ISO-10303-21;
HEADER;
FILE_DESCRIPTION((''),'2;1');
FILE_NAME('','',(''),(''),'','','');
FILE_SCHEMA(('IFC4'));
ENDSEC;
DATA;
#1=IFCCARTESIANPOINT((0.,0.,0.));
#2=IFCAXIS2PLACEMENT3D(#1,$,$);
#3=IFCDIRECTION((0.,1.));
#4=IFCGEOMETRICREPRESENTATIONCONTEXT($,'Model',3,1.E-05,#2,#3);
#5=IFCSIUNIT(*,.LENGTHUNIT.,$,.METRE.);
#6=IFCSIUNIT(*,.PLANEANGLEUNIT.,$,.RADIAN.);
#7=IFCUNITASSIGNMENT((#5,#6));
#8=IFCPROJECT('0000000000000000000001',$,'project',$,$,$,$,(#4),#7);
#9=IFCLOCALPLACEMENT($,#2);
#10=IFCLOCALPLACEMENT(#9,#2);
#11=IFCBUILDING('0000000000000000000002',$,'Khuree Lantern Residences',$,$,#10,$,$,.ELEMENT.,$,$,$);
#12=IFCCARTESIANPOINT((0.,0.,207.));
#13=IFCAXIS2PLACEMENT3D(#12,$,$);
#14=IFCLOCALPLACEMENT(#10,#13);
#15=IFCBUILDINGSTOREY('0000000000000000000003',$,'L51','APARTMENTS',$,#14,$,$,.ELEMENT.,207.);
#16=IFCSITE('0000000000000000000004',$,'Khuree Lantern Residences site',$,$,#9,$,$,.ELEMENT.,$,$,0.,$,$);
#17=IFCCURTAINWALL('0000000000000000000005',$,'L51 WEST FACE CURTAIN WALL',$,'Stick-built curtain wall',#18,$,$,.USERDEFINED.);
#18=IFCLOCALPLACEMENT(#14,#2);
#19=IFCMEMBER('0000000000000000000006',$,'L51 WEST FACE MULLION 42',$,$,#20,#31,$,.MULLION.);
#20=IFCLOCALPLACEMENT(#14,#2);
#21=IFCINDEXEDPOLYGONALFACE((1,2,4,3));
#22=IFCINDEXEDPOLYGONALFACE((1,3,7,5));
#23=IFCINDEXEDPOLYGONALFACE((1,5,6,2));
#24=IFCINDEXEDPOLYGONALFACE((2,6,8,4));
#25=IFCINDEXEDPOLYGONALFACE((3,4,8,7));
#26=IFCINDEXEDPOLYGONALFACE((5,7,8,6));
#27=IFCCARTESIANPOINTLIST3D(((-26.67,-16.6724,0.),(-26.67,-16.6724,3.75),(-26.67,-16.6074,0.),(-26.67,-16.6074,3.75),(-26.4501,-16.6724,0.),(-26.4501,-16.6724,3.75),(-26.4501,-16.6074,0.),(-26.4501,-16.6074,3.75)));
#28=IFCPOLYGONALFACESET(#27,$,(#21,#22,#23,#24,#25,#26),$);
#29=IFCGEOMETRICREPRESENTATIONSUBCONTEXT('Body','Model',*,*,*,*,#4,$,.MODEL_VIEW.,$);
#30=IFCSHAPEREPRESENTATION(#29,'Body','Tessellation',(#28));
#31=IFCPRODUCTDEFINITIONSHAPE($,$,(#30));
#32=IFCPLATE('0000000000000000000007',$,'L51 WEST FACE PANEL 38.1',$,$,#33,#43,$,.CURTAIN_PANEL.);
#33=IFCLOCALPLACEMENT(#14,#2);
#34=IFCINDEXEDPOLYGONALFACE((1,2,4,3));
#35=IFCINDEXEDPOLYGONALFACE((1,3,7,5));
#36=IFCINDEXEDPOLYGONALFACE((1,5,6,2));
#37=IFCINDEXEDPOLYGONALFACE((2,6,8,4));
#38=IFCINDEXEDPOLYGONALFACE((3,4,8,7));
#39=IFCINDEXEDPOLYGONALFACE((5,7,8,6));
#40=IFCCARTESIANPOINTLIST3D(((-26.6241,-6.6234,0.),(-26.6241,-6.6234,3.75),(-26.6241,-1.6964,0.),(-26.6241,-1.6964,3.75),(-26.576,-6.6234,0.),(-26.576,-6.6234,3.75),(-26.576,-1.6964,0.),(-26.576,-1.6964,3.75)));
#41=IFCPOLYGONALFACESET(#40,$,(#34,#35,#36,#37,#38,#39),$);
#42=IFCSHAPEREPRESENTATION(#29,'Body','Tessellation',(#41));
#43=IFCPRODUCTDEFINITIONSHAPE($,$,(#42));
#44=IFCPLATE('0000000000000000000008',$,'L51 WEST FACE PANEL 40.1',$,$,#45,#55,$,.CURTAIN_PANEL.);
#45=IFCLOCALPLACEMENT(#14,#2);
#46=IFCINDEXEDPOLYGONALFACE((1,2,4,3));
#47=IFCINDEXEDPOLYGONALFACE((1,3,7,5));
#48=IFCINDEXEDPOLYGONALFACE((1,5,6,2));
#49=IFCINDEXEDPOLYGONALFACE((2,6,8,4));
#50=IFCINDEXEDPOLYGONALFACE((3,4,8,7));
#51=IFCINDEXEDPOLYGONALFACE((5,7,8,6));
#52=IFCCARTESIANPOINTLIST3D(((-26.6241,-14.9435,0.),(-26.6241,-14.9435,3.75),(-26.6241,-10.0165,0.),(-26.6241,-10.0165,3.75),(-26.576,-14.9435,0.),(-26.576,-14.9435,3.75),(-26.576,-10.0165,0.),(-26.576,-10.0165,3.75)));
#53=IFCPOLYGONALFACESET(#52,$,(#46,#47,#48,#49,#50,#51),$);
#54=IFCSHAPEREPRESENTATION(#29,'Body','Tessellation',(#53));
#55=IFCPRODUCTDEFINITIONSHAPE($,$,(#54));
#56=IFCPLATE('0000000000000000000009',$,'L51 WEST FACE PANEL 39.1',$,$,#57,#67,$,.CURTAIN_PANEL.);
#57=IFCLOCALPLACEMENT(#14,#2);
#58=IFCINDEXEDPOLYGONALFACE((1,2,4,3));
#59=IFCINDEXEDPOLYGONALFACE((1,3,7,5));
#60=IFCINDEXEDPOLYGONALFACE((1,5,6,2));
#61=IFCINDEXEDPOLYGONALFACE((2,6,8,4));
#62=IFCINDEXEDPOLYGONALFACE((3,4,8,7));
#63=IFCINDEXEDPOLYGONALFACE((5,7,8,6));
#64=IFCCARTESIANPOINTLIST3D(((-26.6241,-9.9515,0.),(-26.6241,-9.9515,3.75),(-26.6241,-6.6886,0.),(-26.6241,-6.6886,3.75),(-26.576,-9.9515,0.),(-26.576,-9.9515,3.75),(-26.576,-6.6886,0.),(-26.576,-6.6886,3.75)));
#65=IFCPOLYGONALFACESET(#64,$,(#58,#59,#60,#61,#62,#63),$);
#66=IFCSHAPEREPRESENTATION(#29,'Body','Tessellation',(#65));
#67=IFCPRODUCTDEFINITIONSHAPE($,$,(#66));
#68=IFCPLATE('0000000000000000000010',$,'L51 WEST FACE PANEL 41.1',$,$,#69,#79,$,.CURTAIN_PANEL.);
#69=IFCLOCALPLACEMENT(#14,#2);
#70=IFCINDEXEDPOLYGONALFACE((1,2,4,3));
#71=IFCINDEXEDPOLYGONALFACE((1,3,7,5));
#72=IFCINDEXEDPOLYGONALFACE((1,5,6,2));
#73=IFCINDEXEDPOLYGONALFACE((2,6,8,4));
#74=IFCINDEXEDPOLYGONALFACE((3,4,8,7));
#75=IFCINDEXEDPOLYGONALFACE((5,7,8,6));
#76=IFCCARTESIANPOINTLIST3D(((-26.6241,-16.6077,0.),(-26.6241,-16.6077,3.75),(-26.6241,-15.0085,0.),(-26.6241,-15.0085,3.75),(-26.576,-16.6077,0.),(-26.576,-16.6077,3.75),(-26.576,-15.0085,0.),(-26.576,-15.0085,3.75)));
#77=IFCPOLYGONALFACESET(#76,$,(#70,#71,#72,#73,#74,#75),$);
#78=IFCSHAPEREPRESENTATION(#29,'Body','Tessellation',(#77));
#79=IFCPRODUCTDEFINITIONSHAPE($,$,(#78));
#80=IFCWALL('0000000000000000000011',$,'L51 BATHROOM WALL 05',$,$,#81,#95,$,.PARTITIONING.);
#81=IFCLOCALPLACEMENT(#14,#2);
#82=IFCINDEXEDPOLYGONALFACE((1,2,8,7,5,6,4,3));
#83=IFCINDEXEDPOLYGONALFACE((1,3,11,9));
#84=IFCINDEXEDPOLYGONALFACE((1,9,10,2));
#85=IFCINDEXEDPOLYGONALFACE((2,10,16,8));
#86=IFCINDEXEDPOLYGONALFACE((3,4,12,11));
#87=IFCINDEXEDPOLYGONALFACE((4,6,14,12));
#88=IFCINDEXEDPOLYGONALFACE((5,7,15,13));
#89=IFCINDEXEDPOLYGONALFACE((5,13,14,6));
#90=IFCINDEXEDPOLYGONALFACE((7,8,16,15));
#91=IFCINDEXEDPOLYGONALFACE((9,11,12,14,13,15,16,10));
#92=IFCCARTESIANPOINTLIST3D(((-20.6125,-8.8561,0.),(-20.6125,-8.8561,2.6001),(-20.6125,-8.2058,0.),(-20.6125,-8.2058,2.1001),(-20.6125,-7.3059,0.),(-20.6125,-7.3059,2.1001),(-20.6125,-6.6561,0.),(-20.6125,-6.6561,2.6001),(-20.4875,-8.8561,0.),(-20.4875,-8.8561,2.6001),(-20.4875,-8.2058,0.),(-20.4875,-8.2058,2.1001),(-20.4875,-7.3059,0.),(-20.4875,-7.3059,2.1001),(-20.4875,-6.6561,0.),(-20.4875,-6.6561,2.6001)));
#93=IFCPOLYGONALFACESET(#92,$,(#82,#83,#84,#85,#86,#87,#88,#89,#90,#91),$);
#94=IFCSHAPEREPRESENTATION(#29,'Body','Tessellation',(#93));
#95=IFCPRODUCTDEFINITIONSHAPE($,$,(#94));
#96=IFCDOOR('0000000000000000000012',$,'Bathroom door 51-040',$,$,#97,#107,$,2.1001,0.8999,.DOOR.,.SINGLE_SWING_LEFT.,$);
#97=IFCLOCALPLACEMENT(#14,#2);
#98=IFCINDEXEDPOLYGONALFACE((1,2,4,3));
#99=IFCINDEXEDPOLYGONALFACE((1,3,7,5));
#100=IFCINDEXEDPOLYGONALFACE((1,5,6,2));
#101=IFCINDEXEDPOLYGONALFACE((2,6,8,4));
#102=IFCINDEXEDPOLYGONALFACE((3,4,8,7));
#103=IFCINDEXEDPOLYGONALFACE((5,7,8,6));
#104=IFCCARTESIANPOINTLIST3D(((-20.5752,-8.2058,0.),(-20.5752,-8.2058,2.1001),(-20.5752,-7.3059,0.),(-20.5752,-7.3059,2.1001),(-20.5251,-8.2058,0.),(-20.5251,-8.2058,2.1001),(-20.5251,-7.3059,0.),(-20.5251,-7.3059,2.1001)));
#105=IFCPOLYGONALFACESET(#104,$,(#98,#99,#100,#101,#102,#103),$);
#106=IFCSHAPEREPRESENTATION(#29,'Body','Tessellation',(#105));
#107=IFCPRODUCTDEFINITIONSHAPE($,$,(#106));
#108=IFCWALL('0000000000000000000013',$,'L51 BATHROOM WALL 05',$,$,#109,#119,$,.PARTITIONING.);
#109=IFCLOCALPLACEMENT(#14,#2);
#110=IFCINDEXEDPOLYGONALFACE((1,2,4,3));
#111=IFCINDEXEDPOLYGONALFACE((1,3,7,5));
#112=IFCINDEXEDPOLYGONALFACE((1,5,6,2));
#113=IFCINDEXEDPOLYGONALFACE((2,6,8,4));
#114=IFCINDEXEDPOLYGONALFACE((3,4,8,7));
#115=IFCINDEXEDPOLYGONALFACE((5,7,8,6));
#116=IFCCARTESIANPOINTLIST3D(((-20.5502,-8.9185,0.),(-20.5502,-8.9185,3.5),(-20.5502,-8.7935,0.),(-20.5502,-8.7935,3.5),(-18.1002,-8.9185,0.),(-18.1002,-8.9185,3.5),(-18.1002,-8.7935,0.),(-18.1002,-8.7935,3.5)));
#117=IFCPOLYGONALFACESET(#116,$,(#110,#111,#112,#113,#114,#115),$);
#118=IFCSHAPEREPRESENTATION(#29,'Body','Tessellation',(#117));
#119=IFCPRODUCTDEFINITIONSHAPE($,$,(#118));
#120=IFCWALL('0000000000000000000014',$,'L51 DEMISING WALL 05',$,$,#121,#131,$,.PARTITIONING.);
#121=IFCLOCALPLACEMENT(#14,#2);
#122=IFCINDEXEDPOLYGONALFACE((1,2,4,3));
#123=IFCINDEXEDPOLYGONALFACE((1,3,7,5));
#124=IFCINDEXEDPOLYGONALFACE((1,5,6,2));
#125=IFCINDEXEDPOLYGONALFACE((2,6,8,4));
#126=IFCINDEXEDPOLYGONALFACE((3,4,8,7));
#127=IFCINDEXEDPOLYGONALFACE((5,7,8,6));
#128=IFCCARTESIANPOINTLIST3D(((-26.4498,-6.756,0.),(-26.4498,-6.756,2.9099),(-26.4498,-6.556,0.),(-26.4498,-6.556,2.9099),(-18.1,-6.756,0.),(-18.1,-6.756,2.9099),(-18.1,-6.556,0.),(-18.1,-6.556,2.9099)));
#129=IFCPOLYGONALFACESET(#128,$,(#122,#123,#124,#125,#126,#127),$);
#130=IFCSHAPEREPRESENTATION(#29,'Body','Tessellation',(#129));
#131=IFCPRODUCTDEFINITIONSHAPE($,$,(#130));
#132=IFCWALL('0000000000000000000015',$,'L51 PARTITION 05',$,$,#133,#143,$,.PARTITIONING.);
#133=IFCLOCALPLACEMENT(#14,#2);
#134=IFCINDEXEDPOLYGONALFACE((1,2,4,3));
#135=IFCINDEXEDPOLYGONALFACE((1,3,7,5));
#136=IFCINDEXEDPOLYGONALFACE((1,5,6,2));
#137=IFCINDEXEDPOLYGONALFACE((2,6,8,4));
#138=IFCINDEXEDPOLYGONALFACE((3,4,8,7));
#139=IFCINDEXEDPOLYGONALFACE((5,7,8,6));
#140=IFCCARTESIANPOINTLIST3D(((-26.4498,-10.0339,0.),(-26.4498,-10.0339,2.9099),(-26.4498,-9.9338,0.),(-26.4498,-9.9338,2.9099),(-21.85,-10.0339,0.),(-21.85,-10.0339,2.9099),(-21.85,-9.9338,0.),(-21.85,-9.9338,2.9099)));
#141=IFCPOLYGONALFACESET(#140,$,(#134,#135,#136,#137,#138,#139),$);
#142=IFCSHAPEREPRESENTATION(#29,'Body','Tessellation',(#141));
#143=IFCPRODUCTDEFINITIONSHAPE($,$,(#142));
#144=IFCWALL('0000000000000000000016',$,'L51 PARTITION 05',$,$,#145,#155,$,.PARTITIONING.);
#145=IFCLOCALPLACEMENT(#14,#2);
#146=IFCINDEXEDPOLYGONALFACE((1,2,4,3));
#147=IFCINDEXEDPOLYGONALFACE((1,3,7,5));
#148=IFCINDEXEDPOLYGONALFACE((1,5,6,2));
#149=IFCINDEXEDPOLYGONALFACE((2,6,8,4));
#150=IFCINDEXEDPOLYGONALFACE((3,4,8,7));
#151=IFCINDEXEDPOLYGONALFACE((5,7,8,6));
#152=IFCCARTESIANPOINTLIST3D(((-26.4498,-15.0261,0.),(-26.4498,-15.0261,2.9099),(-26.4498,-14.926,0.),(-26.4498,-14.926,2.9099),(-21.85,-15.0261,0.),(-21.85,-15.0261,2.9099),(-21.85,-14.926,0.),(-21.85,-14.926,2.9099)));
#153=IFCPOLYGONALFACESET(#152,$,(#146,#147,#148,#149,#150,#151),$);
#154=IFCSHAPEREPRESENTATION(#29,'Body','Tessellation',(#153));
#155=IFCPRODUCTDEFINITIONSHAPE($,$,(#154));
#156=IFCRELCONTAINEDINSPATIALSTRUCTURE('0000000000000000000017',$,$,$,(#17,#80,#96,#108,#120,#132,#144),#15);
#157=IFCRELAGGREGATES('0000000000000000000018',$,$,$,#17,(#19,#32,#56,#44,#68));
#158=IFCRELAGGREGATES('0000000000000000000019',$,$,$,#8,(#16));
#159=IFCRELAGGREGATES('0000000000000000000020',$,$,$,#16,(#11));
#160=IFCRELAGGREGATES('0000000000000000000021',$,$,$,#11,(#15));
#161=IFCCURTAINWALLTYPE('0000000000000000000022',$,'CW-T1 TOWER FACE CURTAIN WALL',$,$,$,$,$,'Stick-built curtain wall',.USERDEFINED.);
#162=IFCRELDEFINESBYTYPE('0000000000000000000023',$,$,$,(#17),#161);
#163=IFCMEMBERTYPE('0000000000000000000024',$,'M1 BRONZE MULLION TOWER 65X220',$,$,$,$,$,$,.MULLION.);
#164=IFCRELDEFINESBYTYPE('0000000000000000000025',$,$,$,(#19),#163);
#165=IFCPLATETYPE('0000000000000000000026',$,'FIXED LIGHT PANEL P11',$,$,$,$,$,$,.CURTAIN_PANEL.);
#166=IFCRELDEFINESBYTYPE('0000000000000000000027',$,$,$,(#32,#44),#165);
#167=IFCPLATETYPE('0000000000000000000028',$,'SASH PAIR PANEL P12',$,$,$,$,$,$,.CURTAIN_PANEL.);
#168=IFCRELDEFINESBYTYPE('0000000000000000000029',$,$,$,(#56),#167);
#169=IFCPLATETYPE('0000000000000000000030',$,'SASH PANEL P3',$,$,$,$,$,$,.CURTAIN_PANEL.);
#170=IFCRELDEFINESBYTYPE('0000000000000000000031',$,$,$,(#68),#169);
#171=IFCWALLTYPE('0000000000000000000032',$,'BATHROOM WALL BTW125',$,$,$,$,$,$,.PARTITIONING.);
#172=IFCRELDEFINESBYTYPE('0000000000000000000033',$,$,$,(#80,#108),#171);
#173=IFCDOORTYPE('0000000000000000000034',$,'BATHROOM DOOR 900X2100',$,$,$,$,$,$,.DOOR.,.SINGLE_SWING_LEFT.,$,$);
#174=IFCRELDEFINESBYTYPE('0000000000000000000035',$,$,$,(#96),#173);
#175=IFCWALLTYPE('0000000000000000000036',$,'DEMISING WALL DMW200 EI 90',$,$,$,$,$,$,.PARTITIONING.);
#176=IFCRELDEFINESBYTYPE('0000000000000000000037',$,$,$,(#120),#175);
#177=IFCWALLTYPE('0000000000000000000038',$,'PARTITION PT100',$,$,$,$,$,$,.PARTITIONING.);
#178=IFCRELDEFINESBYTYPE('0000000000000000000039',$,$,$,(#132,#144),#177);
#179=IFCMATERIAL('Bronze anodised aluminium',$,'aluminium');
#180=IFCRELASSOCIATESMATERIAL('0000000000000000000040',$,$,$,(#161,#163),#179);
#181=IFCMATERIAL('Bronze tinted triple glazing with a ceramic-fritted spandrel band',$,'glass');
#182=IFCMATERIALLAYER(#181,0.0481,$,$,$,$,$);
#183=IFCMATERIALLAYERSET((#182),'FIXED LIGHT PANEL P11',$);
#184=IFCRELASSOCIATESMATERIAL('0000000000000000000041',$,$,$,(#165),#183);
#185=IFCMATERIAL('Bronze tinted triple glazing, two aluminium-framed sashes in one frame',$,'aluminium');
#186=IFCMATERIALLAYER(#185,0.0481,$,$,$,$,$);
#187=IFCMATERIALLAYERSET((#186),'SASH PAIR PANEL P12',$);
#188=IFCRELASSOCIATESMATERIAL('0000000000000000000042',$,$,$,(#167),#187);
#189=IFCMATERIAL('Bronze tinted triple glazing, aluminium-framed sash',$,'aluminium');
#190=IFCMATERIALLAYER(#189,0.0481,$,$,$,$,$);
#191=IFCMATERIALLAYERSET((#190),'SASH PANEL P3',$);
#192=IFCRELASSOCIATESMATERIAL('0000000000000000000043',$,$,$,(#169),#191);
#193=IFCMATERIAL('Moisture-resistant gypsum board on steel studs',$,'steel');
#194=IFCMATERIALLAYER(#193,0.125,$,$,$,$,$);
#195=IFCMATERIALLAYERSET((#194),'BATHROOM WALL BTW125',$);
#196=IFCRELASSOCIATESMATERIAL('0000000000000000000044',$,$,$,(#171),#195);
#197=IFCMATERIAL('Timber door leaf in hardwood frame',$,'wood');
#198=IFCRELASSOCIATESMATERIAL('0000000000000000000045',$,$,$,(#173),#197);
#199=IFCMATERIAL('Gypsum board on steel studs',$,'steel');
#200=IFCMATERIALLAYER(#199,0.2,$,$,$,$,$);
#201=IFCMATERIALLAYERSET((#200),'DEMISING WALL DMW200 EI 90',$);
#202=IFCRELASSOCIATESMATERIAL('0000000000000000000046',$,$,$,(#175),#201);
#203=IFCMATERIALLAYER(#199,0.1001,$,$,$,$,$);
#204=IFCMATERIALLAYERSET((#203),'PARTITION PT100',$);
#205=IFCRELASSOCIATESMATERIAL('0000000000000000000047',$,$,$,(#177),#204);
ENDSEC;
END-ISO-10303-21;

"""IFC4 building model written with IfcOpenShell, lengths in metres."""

from ifc_helpers import new_model, si_unit, direction, frame, frame_2d, origin, origin_2d, place, context, subcontext, project, spatial, rectangle, extrude, material, layer, layer_set, material_profile, profile_set, type_object, element, fill, aggregate, save


model = new_model("IFC4")

# Units and contexts
model_context = context("Model", 3, precision=1e-05, world=origin(), true_north=direction((0.0, 1.0)))
body_context = subcontext(model_context, "Body", "Model", "MODEL_VIEW")
ifc_project = project(units=[si_unit("LENGTHUNIT", "METRE"), si_unit("PLANEANGLEUNIT", "RADIAN")], contexts=[model_context])

# Site, building, storey
site_placement = place(None, origin())
site = spatial("IfcSite", under=ifc_project, at=site_placement, Name="Khuree Lantern Residences site", CompositionType="ELEMENT", RefElevation=0.0)
building_placement = place(site_placement, origin())
building = spatial("IfcBuilding", under=site, at=building_placement, Name="Khuree Lantern Residences", CompositionType="ELEMENT")
storey_placement = place(building_placement, frame((0.0, 0.0, 207.0)))
storey = spatial("IfcBuildingStorey", under=building, at=storey_placement, Name="L51", Description="APARTMENTS", CompositionType="ELEMENT", Elevation=207.0)

# Curtain wall
ifc_material_1 = material(Name="Bronze anodised aluminium", Category="aluminium")
curtain_wall_type = type_object("IfcCurtainWallType", Name="CW-T1 TOWER FACE CURTAIN WALL", ElementType="Stick-built curtain wall", PredefinedType="USERDEFINED", material=ifc_material_1)
curtain_wall_placement = place(storey_placement, origin())
curtain_wall = element("IfcCurtainWall", 1, at=curtain_wall_placement, inside=storey, type_object=curtain_wall_type, Name="L51 WEST FACE CURTAIN WALL", ObjectType="Stick-built curtain wall", PredefinedType="USERDEFINED")

# Member
ifc_material_profile_1 = material_profile(ifc_material_1, rectangle(XDim=0.0649, YDim=0.22, at=origin_2d()), Name="M1 65X220")
ifc_profile_set_1 = profile_set([ifc_material_profile_1], Name="Bronze anodised aluminium")
member_type_1 = type_object("IfcMemberType", Name="M1 BRONZE MULLION TOWER 65X220", PredefinedType="MULLION", material=ifc_profile_set_1)
member_1_placement = place(storey_placement, frame((-26.5601, -16.6399, 0.0), z_axis=(0.0, 0.0, 1.0), x_axis=(0.0, -1.0, 0.0)))
member_1 = element("IfcMember", 2, at=member_1_placement, type_object=member_type_1, Name="L51 WEST FACE MULLION 42", PredefinedType="MULLION", context=body_context, shape_type="SweptSolid", body=[
    extrude(rectangle(XDim=0.0649, YDim=0.22, at=origin_2d()), origin(), (0.0, 0.0, 1.0), 3.75),
])

# Plates
ifc_material_2 = material(Name="Bronze tinted triple glazing with a ceramic-fritted spandrel band", Category="glass")
ifc_layer_1 = layer(ifc_material_2, 0.0481)
ifc_layer_set_1 = layer_set([ifc_layer_1], Name="FIXED LIGHT PANEL P11")
plate_type_1 = type_object("IfcPlateType", Name="FIXED LIGHT PANEL P11", PredefinedType="CURTAIN_PANEL", material=ifc_layer_set_1)
plate_1_placement = place(storey_placement, frame((-26.6001, -4.1599, 0.0), z_axis=(0.0, 0.0, 1.0), x_axis=(0.0, -1.0, 0.0)))
plate_1 = element("IfcPlate", 3, at=plate_1_placement, type_object=plate_type_1, Name="L51 WEST FACE PANEL 38.1", PredefinedType="CURTAIN_PANEL", context=body_context, shape_type="SweptSolid", body=[
    extrude(rectangle(XDim=4.927, YDim=0.0481, at=origin_2d()), origin(), (0.0, 0.0, 1.0), 3.75),
])
plate_2_placement = place(storey_placement, frame((-26.6001, -12.48, 0.0), z_axis=(0.0, 0.0, 1.0), x_axis=(0.0, -1.0, 0.0)))
plate_2 = element("IfcPlate", 4, at=plate_2_placement, type_object=plate_type_1, Name="L51 WEST FACE PANEL 40.1", PredefinedType="CURTAIN_PANEL", context=body_context, shape_type="SweptSolid", body=[
    extrude(rectangle(XDim=4.927, YDim=0.0481, at=origin_2d()), origin(), (0.0, 0.0, 1.0), 3.75),
])
ifc_material_3 = material(Name="Bronze tinted triple glazing, two aluminium-framed sashes in one frame", Category="aluminium")
ifc_layer_2 = layer(ifc_material_3, 0.0481)
ifc_layer_set_2 = layer_set([ifc_layer_2], Name="SASH PAIR PANEL P12")
plate_type_2 = type_object("IfcPlateType", Name="SASH PAIR PANEL P12", PredefinedType="CURTAIN_PANEL", material=ifc_layer_set_2)
plate_3_placement = place(storey_placement, frame((-26.6001, -8.3201, 0.0), z_axis=(0.0, 0.0, 1.0), x_axis=(0.0, -1.0, 0.0)))
plate_3 = element("IfcPlate", 5, at=plate_3_placement, type_object=plate_type_2, Name="L51 WEST FACE PANEL 39.1", PredefinedType="CURTAIN_PANEL", context=body_context, shape_type="SweptSolid", body=[
    extrude(rectangle(XDim=3.2629, YDim=0.0481, at=origin_2d()), origin(), (0.0, 0.0, 1.0), 3.75),
])
ifc_material_4 = material(Name="Bronze tinted triple glazing, aluminium-framed sash", Category="aluminium")
ifc_layer_3 = layer(ifc_material_4, 0.0481)
ifc_layer_set_3 = layer_set([ifc_layer_3], Name="SASH PANEL P3")
plate_type_3 = type_object("IfcPlateType", Name="SASH PANEL P3", PredefinedType="CURTAIN_PANEL", material=ifc_layer_set_3)
plate_4_placement = place(storey_placement, frame((-26.6001, -15.8081, 0.0), z_axis=(0.0, 0.0, 1.0), x_axis=(0.0, -1.0, 0.0)))
plate_4 = element("IfcPlate", 6, at=plate_4_placement, type_object=plate_type_3, Name="L51 WEST FACE PANEL 41.1", PredefinedType="CURTAIN_PANEL", context=body_context, shape_type="SweptSolid", body=[
    extrude(rectangle(XDim=1.5991, YDim=0.0481, at=origin_2d()), origin(), (0.0, 0.0, 1.0), 3.75),
])
aggregate(curtain_wall, [member_1, plate_1, plate_3, plate_2, plate_4])

# Wall, opening, door
ifc_material_5 = material(Name="Moisture-resistant gypsum board on steel studs", Category="steel")
ifc_layer_4 = layer(ifc_material_5, 0.125)
ifc_layer_set_4 = layer_set([ifc_layer_4], Name="BATHROOM WALL BTW125")
wall_type_1 = type_object("IfcWallType", Name="BATHROOM WALL BTW125", PredefinedType="PARTITIONING", material=ifc_layer_set_4)
wall_1_placement = place(storey_placement, frame((-20.55, -6.656, 0.0), z_axis=(0.0, 0.0, 1.0), x_axis=(0.0, -1.0, 0.0)))
wall_1 = element("IfcWall", 7, at=wall_1_placement, inside=storey, type_object=wall_type_1, Name="L51 BATHROOM WALL 05", PredefinedType="PARTITIONING", context=body_context, shape_type="SweptSolid", body=[
    extrude(rectangle(XDim=2.2, YDim=0.125, at=frame_2d((1.1001, 0.0))), origin(), (0.0, 0.0, 1.0), 2.6001),
])
opening_1_placement = place(wall_1_placement, frame((0.6499, 0.0, 0.0)))
opening_1 = element("IfcOpeningElement", 8, at=opening_1_placement, cuts=wall_1, PredefinedType="OPENING", context=body_context, shape_type="SweptSolid", body=[
    extrude(rectangle(XDim=0.8999, YDim=2.1001, at=frame_2d((0.45, 1.05))), frame((0.0, 0.0725, 0.0), z_axis=(0.0, -1.0, 0.0), x_axis=(1.0, 0.0, 0.0)), (0.0, 0.0, 1.0), 0.145),
])
ifc_material_6 = material(Name="Timber door leaf in hardwood frame", Category="wood")
door_type_1 = type_object("IfcDoorType", Name="BATHROOM DOOR 900X2100", OperationType="SINGLE_SWING_LEFT", PredefinedType="DOOR", material=ifc_material_6)
door_1_placement = place(opening_1_placement, origin())
door_1 = element("IfcDoor", 9, at=door_1_placement, inside=storey, type_object=door_type_1, Name="Bathroom door 51-040", OperationType="SINGLE_SWING_LEFT", OverallHeight=2.1001, OverallWidth=0.8999, PredefinedType="DOOR", context=body_context, shape_type="SweptSolid", body=[
    extrude(rectangle(XDim=0.8999, YDim=2.1001, at=frame_2d((0.45, 1.05))), frame((0.0, 0.0249, 0.0), z_axis=(0.0, -1.0, 0.0), x_axis=(1.0, 0.0, 0.0)), (0.0, 0.0, 1.0), 0.05),
])
fill(opening_1, door_1)

# Walls
wall_2_placement = place(storey_placement, frame((-18.1001, -8.856, 0.0), z_axis=(0.0, 0.0, 1.0), x_axis=(-1.0, 0.0, 0.0)))
element("IfcWall", 10, at=wall_2_placement, inside=storey, type_object=wall_type_1, Name="L51 BATHROOM WALL 05", PredefinedType="PARTITIONING", context=body_context, shape_type="SweptSolid", body=[
    extrude(rectangle(XDim=2.45, YDim=0.125, at=frame_2d((1.2251, 0.0))), origin(), (0.0, 0.0, 1.0), 3.5),
])
ifc_material_7 = material(Name="Gypsum board on steel studs", Category="steel")
ifc_layer_5 = layer(ifc_material_7, 0.2)
ifc_layer_set_5 = layer_set([ifc_layer_5], Name="DEMISING WALL DMW200 EI 90")
wall_type_2 = type_object("IfcWallType", Name="DEMISING WALL DMW200 EI 90", PredefinedType="PARTITIONING", material=ifc_layer_set_5)
wall_3_placement = place(storey_placement, frame((-18.1001, -6.656, 0.0), z_axis=(0.0, 0.0, 1.0), x_axis=(-1.0, 0.0, 0.0)))
element("IfcWall", 11, at=wall_3_placement, inside=storey, type_object=wall_type_2, Name="L51 DEMISING WALL 05", PredefinedType="PARTITIONING", context=body_context, shape_type="SweptSolid", body=[
    extrude(rectangle(XDim=8.3499, YDim=0.2, at=frame_2d((4.1748, 0.0))), origin(), (0.0, 0.0, 1.0), 2.9099),
])
ifc_layer_6 = layer(ifc_material_7, 0.1001)
ifc_layer_set_6 = layer_set([ifc_layer_6], Name="PARTITION PT100")
wall_type_3 = type_object("IfcWallType", Name="PARTITION PT100", PredefinedType="PARTITIONING", material=ifc_layer_set_6)
for number, where, z_axis, x_axis, name in (
    (12, (-21.8501, -9.9839, 0.0), (0.0, 0.0, 1.0), (-1.0, 0.0, 0.0), "L51 PARTITION 05"),
    (13, (-21.8501, -14.9761, 0.0), (0.0, 0.0, 1.0), (-1.0, 0.0, 0.0), "L51 PARTITION 05"),
):
    element("IfcWall", number, at=place(storey_placement, frame(where, z_axis=z_axis, x_axis=x_axis)), inside=storey, type_object=wall_type_3, Name=name, PredefinedType="PARTITIONING", context=body_context, shape_type="SweptSolid", body=[
        extrude(rectangle(XDim=4.5999, YDim=0.1001, at=frame_2d((2.2998, 0.0))), origin(), (0.0, 0.0, 1.0), 2.9099),
    ])

save(model, "model.ifc")
